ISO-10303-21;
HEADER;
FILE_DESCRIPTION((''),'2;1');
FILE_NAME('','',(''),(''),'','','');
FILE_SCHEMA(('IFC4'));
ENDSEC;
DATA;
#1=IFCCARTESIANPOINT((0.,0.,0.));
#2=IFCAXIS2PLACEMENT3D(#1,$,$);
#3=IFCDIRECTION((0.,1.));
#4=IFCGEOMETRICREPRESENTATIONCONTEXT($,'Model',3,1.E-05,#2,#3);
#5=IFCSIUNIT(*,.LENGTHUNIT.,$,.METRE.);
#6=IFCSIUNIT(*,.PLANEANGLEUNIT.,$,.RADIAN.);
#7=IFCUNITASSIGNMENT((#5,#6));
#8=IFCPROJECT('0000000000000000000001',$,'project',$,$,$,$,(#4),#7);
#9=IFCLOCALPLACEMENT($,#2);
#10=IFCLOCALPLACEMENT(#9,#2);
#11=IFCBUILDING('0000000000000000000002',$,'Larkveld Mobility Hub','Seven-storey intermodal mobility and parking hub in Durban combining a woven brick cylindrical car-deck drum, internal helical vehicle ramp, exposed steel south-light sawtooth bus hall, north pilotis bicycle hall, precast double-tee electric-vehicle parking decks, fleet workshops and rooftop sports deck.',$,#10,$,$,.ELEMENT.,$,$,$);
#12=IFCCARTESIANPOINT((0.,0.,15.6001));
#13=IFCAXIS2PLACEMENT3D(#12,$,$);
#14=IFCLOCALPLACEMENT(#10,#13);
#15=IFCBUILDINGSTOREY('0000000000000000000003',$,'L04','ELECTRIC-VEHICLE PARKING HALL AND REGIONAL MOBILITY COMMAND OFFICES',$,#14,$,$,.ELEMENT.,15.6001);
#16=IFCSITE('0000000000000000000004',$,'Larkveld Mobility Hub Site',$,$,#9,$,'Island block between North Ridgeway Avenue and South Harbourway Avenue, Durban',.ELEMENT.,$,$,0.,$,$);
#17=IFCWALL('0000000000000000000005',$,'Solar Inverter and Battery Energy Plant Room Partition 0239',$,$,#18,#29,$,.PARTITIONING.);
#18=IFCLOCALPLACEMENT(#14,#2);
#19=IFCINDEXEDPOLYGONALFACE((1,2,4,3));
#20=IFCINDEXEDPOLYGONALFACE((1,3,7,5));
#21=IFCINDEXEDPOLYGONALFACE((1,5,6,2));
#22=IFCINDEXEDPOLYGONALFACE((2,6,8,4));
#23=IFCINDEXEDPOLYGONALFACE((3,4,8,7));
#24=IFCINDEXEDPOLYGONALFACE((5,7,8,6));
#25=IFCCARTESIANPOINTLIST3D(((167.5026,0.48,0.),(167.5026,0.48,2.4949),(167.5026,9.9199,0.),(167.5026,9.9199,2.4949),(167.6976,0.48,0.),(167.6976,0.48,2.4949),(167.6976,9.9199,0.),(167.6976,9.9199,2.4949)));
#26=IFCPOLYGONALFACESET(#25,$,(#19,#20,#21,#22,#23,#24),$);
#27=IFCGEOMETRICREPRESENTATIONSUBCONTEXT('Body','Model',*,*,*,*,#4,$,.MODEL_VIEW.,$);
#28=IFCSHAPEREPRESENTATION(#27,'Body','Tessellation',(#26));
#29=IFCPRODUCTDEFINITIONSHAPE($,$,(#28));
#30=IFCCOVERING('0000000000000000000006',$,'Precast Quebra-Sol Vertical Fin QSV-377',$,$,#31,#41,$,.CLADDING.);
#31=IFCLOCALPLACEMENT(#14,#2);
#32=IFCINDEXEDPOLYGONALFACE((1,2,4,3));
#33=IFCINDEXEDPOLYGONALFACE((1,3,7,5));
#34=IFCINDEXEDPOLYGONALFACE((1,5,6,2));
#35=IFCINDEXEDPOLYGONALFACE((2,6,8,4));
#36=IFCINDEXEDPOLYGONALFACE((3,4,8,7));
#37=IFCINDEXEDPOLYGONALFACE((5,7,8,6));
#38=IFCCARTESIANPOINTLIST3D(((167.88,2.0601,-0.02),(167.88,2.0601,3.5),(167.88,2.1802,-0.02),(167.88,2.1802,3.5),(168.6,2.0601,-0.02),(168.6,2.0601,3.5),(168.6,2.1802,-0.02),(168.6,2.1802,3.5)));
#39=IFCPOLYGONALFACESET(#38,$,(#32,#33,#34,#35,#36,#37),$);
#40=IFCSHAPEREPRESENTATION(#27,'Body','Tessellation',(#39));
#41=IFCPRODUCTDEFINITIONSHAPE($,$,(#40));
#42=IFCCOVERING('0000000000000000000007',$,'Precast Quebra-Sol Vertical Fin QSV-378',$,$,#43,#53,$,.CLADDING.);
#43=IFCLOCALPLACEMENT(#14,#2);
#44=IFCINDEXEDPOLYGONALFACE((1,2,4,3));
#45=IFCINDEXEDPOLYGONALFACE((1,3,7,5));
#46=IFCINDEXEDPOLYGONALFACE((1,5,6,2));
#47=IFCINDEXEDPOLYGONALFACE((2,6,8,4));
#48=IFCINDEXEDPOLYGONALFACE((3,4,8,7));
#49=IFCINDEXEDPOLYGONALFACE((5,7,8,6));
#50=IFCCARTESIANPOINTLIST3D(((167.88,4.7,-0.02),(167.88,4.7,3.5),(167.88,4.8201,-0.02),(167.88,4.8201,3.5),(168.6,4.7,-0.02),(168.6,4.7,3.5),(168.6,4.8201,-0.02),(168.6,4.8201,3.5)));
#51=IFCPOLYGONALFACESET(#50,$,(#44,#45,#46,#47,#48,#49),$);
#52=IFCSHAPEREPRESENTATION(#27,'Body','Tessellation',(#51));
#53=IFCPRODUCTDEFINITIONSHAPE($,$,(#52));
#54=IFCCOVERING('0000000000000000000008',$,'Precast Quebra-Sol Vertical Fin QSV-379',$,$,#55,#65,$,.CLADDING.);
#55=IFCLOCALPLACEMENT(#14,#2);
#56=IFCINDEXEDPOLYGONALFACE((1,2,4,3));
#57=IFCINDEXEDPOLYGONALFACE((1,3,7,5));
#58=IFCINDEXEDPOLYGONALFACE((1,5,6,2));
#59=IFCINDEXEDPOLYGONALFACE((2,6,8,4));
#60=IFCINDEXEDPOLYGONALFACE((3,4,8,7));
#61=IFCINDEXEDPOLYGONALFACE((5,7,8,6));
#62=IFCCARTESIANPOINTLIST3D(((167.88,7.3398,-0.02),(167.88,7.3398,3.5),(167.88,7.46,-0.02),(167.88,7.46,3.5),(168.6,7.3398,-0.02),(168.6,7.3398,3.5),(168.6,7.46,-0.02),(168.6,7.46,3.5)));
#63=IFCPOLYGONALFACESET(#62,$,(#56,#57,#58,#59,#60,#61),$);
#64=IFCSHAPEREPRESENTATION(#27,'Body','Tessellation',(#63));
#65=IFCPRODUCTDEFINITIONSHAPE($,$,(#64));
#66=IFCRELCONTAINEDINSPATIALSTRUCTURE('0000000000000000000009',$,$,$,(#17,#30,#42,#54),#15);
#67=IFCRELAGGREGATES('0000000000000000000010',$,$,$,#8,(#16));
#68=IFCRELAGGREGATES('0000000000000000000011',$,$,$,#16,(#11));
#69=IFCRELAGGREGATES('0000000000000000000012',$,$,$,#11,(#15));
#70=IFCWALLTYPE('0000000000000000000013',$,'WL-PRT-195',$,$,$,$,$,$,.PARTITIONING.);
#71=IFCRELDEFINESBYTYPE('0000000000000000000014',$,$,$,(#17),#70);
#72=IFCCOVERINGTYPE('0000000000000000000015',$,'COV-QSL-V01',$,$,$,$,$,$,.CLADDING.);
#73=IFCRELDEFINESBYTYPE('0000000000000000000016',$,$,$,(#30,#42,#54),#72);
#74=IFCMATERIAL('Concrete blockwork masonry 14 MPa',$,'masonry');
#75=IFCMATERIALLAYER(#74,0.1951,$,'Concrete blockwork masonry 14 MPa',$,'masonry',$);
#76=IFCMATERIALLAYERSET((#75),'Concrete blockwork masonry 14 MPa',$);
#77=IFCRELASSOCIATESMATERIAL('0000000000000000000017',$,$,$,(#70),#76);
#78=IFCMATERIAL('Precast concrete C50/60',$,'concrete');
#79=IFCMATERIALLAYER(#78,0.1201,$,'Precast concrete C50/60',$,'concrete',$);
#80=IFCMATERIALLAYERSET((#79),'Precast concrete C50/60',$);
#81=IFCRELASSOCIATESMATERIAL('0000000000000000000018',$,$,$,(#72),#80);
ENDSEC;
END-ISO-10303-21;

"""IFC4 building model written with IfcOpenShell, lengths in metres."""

from ifc_helpers import new_model, si_unit, direction, frame, frame_2d, origin, origin_2d, place, context, subcontext, project, spatial, rectangle, extrude, material, layer, layer_set, type_object, element, save


model = new_model("IFC4")

# Units and contexts
model_context = context("Model", 3, precision=1e-05, world=origin(), true_north=direction((0.0, 1.0)))
body_context = subcontext(model_context, "Body", "Model", "MODEL_VIEW")
ifc_project = project(units=[si_unit("LENGTHUNIT", "METRE"), si_unit("PLANEANGLEUNIT", "RADIAN")], contexts=[model_context])

# Site, building, storey
site_placement = place(None, origin())
site = spatial("IfcSite", under=ifc_project, at=site_placement, Name="Larkveld Mobility Hub Site", LongName="Island block between North Ridgeway Avenue and South Harbourway Avenue, Durban", CompositionType="ELEMENT", RefElevation=0.0)
building_placement = place(site_placement, origin())
building = spatial("IfcBuilding", under=site, at=building_placement, Name="Larkveld Mobility Hub", Description="Seven-storey intermodal mobility and parking hub in Durban combining a woven brick cylindrical car-deck drum, internal helical vehicle ramp, exposed steel south-light sawtooth bus hall, north pilotis bicycle hall, precast double-tee electric-vehicle parking decks, fleet workshops and rooftop sports deck.", CompositionType="ELEMENT")
storey_placement = place(building_placement, frame((0.0, 0.0, 15.6001)))
storey = spatial("IfcBuildingStorey", under=building, at=storey_placement, Name="L04", Description="ELECTRIC-VEHICLE PARKING HALL AND REGIONAL MOBILITY COMMAND OFFICES", CompositionType="ELEMENT", Elevation=15.6001)

# Shared definitions
ifc_material_1 = material(Name="Precast concrete C50/60", Category="concrete")

# Wall
ifc_material_2 = material(Name="Concrete blockwork masonry 14 MPa", Category="masonry")
ifc_layer_1 = layer(ifc_material_2, 0.1951, Name="Concrete blockwork masonry 14 MPa", Category="masonry")
ifc_layer_set_1 = layer_set([ifc_layer_1], Name="Concrete blockwork masonry 14 MPa")
wall_type_1 = type_object("IfcWallType", Name="WL-PRT-195", PredefinedType="PARTITIONING", material=ifc_layer_set_1)
wall_1_placement = place(storey_placement, frame((167.6001, 0.48, 0.0), z_axis=(0.0, 0.0, 1.0), x_axis=(0.0, 1.0, 0.0)))
element("IfcWall", 1, at=wall_1_placement, inside=storey, type_object=wall_type_1, Name="Solar Inverter and Battery Energy Plant Room Partition 0239", PredefinedType="PARTITIONING", context=body_context, shape_type="SweptSolid", body=[
    extrude(rectangle(XDim=9.4399, YDim=0.1951, at=frame_2d((4.72, 0.0))), origin(), (0.0, 0.0, 1.0), 2.4949),
])

# Coverings
ifc_layer_2 = layer(ifc_material_1, 0.1201, Name="Precast concrete C50/60", Category="concrete")
ifc_layer_set_2 = layer_set([ifc_layer_2], Name="Precast concrete C50/60")
covering_type = type_object("IfcCoveringType", Name="COV-QSL-V01", PredefinedType="CLADDING", material=ifc_layer_set_2)
for number, where, z_axis, x_axis, name in (
    (2, (168.24, 2.1201, -0.02), (0.0, 0.0, 1.0), (0.0, 1.0, 0.0), "Precast Quebra-Sol Vertical Fin QSV-377"),
    (3, (168.24, 4.76, -0.02), (0.0, 0.0, 1.0), (0.0, 1.0, 0.0), "Precast Quebra-Sol Vertical Fin QSV-378"),
    (4, (168.24, 7.3999, -0.02), (0.0, 0.0, 1.0), (0.0, 1.0, 0.0), "Precast Quebra-Sol Vertical Fin QSV-379"),
):
    element("IfcCovering", number, at=place(storey_placement, frame(where, z_axis=z_axis, x_axis=x_axis)), inside=storey, type_object=covering_type, Name=name, PredefinedType="CLADDING", context=body_context, shape_type="SweptSolid", body=[
        extrude(rectangle(XDim=0.1201, YDim=0.72, at=origin_2d()), origin(), (0.0, 0.0, 1.0), 3.52),
    ])

save(model, "model.ifc")
